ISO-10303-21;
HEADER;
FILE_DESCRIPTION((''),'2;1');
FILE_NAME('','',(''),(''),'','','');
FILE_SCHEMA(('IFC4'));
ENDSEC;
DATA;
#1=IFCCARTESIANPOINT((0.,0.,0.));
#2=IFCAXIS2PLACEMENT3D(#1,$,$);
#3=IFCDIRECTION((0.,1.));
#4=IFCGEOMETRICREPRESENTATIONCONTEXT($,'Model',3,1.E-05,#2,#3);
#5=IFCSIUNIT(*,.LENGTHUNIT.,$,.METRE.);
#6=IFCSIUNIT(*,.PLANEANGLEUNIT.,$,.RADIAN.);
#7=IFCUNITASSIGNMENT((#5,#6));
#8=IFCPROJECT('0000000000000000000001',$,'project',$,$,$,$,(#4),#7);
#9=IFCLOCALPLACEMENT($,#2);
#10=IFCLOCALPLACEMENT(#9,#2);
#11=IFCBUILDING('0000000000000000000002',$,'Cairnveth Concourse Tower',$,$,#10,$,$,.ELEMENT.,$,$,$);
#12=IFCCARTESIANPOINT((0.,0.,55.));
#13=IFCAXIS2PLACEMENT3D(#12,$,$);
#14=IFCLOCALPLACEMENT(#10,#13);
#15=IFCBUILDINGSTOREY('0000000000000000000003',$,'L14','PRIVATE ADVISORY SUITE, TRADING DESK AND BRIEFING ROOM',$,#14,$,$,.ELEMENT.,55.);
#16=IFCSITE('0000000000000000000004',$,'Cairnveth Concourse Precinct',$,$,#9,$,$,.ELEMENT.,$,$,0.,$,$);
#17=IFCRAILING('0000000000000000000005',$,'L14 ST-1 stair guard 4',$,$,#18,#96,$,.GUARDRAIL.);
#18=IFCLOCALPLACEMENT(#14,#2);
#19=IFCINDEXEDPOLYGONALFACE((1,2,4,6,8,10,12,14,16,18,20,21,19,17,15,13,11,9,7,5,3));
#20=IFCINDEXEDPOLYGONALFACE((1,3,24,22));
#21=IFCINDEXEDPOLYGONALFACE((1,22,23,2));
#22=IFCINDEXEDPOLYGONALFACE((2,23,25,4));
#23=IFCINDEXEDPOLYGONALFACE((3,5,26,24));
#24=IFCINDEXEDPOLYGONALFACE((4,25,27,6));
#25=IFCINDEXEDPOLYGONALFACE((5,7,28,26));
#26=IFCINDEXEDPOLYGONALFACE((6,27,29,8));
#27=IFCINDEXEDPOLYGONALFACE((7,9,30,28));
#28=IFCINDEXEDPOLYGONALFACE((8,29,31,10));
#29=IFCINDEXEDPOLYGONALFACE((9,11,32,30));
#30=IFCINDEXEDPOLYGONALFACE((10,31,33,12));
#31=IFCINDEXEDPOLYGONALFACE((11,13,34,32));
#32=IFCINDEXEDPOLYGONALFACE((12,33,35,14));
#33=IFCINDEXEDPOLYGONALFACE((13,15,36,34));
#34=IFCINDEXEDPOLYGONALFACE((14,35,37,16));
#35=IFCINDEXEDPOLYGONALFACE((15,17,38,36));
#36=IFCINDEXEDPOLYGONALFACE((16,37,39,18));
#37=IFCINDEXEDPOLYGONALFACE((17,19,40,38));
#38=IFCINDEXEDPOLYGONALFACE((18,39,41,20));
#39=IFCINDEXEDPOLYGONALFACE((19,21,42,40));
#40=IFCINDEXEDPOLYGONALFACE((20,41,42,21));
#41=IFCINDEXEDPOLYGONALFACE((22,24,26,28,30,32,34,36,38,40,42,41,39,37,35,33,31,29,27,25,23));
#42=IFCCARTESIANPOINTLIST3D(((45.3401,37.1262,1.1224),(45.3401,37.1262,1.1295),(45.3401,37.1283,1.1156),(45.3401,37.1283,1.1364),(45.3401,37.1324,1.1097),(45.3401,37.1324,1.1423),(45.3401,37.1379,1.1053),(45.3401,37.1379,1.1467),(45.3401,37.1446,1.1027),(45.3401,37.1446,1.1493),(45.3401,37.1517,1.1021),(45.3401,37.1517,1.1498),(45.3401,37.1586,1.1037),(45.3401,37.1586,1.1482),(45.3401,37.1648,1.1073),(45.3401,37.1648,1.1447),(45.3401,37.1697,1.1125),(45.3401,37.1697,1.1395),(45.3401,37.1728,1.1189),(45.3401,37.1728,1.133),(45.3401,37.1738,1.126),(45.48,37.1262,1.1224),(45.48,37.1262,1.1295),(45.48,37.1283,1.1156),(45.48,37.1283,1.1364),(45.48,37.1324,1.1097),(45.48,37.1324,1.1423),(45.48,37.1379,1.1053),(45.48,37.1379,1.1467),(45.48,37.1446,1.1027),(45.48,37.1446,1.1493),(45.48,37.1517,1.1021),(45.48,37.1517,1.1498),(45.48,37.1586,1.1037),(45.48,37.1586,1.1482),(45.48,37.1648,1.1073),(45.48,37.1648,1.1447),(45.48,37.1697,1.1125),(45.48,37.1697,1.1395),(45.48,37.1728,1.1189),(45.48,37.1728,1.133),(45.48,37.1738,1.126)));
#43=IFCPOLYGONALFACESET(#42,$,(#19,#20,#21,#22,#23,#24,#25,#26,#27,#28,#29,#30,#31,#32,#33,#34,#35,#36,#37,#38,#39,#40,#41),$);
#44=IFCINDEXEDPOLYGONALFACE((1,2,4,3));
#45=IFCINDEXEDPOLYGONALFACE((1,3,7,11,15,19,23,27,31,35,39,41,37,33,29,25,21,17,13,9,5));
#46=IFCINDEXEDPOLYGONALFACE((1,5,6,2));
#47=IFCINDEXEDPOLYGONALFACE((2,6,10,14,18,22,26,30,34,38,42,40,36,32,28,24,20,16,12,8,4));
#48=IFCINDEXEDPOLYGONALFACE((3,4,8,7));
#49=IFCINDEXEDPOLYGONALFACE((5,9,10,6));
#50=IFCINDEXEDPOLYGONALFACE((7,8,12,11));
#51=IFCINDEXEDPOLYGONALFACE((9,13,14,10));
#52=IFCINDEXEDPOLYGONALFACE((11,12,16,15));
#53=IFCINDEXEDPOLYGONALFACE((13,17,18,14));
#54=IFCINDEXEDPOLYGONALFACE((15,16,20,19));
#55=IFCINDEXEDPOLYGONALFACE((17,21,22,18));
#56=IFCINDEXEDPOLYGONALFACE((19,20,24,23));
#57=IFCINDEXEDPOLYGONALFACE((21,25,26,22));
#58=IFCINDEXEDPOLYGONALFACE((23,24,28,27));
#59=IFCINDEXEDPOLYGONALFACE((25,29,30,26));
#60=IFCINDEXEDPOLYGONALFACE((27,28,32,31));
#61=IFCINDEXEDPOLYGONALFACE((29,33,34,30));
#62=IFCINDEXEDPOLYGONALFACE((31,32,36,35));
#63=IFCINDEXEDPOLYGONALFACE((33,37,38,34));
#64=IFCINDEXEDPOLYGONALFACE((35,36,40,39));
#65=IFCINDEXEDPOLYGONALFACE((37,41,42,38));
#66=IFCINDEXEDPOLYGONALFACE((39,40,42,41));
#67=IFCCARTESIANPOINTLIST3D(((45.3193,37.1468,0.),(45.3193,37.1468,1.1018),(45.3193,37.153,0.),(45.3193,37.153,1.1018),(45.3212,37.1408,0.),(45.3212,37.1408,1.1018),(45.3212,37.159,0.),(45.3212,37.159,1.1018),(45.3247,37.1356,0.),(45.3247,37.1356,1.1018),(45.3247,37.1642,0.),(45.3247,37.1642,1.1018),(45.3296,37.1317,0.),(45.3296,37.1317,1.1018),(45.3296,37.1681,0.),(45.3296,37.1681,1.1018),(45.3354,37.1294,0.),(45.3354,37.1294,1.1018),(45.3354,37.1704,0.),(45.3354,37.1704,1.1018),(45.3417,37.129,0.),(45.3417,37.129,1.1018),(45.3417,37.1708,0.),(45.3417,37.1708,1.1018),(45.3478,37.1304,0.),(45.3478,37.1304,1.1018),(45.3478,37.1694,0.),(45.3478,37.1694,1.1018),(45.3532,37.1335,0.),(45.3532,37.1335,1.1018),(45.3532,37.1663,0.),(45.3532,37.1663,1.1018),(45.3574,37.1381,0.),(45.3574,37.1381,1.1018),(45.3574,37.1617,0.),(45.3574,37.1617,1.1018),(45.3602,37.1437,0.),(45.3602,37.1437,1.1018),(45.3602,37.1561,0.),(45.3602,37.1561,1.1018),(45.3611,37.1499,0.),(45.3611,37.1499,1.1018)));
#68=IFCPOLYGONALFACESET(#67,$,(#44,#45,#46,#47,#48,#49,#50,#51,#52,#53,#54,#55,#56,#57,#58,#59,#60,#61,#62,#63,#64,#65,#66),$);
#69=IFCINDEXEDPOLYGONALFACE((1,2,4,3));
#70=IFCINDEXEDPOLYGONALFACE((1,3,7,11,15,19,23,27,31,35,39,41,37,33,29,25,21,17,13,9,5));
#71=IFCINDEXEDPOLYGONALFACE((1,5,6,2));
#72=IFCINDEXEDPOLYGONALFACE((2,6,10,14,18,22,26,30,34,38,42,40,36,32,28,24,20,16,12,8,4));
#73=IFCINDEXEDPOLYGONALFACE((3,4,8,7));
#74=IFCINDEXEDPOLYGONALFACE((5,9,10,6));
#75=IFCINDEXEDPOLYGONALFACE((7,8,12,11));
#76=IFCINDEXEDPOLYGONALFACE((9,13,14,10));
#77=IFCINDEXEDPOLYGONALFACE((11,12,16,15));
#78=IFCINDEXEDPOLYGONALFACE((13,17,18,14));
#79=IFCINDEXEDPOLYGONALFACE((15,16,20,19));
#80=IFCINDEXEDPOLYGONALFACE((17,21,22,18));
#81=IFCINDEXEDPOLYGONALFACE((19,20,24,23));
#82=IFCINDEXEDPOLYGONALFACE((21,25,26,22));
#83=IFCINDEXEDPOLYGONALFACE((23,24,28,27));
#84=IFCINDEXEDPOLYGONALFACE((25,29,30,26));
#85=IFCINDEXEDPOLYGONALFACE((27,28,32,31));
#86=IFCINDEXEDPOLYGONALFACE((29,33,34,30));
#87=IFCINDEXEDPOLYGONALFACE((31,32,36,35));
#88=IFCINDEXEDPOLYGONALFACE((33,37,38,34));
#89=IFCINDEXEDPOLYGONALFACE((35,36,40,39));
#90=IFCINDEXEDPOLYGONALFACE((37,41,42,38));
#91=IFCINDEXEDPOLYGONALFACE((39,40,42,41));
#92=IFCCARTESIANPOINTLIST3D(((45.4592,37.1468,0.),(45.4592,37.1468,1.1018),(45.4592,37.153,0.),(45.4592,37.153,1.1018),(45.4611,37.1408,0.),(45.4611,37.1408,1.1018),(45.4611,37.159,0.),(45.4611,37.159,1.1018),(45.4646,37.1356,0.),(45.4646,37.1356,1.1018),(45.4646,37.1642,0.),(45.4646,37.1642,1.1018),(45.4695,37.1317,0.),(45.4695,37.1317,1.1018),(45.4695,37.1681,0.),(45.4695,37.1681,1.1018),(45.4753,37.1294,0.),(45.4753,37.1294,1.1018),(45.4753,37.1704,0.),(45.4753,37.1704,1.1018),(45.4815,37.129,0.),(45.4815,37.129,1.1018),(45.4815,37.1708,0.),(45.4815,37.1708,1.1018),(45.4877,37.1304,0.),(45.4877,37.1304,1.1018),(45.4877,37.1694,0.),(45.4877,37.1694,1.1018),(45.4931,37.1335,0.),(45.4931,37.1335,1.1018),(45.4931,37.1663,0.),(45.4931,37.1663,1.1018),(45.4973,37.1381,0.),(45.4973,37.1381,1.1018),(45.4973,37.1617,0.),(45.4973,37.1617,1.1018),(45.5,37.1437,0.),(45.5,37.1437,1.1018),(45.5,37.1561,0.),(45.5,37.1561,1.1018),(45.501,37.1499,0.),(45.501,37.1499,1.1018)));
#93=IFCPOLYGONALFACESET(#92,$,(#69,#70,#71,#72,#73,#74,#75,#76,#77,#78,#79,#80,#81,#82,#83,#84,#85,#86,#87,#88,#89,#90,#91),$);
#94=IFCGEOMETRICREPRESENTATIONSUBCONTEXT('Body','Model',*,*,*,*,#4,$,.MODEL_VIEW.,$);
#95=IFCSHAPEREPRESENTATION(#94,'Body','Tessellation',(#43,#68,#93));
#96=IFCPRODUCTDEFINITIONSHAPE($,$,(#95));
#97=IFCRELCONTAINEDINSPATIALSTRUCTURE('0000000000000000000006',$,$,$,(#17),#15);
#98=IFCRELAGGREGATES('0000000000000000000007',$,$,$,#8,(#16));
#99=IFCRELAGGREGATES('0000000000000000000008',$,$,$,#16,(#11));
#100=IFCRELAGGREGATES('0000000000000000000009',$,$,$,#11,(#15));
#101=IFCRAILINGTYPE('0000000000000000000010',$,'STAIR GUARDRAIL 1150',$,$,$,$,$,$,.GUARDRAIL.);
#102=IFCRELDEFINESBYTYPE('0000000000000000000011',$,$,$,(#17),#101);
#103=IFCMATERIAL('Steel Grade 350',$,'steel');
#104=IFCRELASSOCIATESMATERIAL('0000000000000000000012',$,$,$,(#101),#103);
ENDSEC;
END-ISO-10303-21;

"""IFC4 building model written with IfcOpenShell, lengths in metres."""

from ifc_helpers import new_model, si_unit, direction, frame, origin, origin_2d, place, context, subcontext, project, spatial, circle, extrude, material, type_object, element, save


model = new_model("IFC4")

# Units and contexts
model_context = context("Model", 3, precision=1e-05, world=origin(), true_north=direction((0.0, 1.0)))
body_context = subcontext(model_context, "Body", "Model", "MODEL_VIEW")
ifc_project = project(units=[si_unit("LENGTHUNIT", "METRE"), si_unit("PLANEANGLEUNIT", "RADIAN")], contexts=[model_context])

# Site, building, storey
site_placement = place(None, origin())
site = spatial("IfcSite", under=ifc_project, at=site_placement, Name="Cairnveth Concourse Precinct", CompositionType="ELEMENT", RefElevation=0.0)
building_placement = place(site_placement, origin())
building = spatial("IfcBuilding", under=site, at=building_placement, Name="Cairnveth Concourse Tower", CompositionType="ELEMENT")
storey_placement = place(building_placement, frame((0.0, 0.0, 55.0)))
storey = spatial("IfcBuildingStorey", under=building, at=storey_placement, Name="L14", Description="PRIVATE ADVISORY SUITE, TRADING DESK AND BRIEFING ROOM", CompositionType="ELEMENT", Elevation=55.0)

# Shared definitions
ifc_material_1 = material(Name="Steel Grade 350", Category="steel")

# Railing
railing_type_1 = type_object("IfcRailingType", Name="STAIR GUARDRAIL 1150", PredefinedType="GUARDRAIL", material=ifc_material_1)
railing_1_placement = place(storey_placement, frame((45.3401, 37.1499, 0.0)))
element("IfcRailing", 1, at=railing_1_placement, inside=storey, type_object=railing_type_1, Name="L14 ST-1 stair guard 4", PredefinedType="GUARDRAIL", context=body_context, shape_type="SweptSolid", body=[
    extrude(circle(Radius=0.0239, at=origin_2d()), frame((0.0, 0.0, 1.126), z_axis=(1.0, 0.0, 0.0), x_axis=(0.0, 1.0, 0.0)), (0.0, 0.0, 1.0), 0.1399),
    extrude(circle(Radius=0.021, at=origin_2d()), origin(), (0.0, 0.0, 1.0), 1.1018),
    extrude(circle(Radius=0.021, at=origin_2d()), frame((0.1399, 0.0, 0.0)), (0.0, 0.0, 1.0), 1.1018),
])

save(model, "model.ifc")
